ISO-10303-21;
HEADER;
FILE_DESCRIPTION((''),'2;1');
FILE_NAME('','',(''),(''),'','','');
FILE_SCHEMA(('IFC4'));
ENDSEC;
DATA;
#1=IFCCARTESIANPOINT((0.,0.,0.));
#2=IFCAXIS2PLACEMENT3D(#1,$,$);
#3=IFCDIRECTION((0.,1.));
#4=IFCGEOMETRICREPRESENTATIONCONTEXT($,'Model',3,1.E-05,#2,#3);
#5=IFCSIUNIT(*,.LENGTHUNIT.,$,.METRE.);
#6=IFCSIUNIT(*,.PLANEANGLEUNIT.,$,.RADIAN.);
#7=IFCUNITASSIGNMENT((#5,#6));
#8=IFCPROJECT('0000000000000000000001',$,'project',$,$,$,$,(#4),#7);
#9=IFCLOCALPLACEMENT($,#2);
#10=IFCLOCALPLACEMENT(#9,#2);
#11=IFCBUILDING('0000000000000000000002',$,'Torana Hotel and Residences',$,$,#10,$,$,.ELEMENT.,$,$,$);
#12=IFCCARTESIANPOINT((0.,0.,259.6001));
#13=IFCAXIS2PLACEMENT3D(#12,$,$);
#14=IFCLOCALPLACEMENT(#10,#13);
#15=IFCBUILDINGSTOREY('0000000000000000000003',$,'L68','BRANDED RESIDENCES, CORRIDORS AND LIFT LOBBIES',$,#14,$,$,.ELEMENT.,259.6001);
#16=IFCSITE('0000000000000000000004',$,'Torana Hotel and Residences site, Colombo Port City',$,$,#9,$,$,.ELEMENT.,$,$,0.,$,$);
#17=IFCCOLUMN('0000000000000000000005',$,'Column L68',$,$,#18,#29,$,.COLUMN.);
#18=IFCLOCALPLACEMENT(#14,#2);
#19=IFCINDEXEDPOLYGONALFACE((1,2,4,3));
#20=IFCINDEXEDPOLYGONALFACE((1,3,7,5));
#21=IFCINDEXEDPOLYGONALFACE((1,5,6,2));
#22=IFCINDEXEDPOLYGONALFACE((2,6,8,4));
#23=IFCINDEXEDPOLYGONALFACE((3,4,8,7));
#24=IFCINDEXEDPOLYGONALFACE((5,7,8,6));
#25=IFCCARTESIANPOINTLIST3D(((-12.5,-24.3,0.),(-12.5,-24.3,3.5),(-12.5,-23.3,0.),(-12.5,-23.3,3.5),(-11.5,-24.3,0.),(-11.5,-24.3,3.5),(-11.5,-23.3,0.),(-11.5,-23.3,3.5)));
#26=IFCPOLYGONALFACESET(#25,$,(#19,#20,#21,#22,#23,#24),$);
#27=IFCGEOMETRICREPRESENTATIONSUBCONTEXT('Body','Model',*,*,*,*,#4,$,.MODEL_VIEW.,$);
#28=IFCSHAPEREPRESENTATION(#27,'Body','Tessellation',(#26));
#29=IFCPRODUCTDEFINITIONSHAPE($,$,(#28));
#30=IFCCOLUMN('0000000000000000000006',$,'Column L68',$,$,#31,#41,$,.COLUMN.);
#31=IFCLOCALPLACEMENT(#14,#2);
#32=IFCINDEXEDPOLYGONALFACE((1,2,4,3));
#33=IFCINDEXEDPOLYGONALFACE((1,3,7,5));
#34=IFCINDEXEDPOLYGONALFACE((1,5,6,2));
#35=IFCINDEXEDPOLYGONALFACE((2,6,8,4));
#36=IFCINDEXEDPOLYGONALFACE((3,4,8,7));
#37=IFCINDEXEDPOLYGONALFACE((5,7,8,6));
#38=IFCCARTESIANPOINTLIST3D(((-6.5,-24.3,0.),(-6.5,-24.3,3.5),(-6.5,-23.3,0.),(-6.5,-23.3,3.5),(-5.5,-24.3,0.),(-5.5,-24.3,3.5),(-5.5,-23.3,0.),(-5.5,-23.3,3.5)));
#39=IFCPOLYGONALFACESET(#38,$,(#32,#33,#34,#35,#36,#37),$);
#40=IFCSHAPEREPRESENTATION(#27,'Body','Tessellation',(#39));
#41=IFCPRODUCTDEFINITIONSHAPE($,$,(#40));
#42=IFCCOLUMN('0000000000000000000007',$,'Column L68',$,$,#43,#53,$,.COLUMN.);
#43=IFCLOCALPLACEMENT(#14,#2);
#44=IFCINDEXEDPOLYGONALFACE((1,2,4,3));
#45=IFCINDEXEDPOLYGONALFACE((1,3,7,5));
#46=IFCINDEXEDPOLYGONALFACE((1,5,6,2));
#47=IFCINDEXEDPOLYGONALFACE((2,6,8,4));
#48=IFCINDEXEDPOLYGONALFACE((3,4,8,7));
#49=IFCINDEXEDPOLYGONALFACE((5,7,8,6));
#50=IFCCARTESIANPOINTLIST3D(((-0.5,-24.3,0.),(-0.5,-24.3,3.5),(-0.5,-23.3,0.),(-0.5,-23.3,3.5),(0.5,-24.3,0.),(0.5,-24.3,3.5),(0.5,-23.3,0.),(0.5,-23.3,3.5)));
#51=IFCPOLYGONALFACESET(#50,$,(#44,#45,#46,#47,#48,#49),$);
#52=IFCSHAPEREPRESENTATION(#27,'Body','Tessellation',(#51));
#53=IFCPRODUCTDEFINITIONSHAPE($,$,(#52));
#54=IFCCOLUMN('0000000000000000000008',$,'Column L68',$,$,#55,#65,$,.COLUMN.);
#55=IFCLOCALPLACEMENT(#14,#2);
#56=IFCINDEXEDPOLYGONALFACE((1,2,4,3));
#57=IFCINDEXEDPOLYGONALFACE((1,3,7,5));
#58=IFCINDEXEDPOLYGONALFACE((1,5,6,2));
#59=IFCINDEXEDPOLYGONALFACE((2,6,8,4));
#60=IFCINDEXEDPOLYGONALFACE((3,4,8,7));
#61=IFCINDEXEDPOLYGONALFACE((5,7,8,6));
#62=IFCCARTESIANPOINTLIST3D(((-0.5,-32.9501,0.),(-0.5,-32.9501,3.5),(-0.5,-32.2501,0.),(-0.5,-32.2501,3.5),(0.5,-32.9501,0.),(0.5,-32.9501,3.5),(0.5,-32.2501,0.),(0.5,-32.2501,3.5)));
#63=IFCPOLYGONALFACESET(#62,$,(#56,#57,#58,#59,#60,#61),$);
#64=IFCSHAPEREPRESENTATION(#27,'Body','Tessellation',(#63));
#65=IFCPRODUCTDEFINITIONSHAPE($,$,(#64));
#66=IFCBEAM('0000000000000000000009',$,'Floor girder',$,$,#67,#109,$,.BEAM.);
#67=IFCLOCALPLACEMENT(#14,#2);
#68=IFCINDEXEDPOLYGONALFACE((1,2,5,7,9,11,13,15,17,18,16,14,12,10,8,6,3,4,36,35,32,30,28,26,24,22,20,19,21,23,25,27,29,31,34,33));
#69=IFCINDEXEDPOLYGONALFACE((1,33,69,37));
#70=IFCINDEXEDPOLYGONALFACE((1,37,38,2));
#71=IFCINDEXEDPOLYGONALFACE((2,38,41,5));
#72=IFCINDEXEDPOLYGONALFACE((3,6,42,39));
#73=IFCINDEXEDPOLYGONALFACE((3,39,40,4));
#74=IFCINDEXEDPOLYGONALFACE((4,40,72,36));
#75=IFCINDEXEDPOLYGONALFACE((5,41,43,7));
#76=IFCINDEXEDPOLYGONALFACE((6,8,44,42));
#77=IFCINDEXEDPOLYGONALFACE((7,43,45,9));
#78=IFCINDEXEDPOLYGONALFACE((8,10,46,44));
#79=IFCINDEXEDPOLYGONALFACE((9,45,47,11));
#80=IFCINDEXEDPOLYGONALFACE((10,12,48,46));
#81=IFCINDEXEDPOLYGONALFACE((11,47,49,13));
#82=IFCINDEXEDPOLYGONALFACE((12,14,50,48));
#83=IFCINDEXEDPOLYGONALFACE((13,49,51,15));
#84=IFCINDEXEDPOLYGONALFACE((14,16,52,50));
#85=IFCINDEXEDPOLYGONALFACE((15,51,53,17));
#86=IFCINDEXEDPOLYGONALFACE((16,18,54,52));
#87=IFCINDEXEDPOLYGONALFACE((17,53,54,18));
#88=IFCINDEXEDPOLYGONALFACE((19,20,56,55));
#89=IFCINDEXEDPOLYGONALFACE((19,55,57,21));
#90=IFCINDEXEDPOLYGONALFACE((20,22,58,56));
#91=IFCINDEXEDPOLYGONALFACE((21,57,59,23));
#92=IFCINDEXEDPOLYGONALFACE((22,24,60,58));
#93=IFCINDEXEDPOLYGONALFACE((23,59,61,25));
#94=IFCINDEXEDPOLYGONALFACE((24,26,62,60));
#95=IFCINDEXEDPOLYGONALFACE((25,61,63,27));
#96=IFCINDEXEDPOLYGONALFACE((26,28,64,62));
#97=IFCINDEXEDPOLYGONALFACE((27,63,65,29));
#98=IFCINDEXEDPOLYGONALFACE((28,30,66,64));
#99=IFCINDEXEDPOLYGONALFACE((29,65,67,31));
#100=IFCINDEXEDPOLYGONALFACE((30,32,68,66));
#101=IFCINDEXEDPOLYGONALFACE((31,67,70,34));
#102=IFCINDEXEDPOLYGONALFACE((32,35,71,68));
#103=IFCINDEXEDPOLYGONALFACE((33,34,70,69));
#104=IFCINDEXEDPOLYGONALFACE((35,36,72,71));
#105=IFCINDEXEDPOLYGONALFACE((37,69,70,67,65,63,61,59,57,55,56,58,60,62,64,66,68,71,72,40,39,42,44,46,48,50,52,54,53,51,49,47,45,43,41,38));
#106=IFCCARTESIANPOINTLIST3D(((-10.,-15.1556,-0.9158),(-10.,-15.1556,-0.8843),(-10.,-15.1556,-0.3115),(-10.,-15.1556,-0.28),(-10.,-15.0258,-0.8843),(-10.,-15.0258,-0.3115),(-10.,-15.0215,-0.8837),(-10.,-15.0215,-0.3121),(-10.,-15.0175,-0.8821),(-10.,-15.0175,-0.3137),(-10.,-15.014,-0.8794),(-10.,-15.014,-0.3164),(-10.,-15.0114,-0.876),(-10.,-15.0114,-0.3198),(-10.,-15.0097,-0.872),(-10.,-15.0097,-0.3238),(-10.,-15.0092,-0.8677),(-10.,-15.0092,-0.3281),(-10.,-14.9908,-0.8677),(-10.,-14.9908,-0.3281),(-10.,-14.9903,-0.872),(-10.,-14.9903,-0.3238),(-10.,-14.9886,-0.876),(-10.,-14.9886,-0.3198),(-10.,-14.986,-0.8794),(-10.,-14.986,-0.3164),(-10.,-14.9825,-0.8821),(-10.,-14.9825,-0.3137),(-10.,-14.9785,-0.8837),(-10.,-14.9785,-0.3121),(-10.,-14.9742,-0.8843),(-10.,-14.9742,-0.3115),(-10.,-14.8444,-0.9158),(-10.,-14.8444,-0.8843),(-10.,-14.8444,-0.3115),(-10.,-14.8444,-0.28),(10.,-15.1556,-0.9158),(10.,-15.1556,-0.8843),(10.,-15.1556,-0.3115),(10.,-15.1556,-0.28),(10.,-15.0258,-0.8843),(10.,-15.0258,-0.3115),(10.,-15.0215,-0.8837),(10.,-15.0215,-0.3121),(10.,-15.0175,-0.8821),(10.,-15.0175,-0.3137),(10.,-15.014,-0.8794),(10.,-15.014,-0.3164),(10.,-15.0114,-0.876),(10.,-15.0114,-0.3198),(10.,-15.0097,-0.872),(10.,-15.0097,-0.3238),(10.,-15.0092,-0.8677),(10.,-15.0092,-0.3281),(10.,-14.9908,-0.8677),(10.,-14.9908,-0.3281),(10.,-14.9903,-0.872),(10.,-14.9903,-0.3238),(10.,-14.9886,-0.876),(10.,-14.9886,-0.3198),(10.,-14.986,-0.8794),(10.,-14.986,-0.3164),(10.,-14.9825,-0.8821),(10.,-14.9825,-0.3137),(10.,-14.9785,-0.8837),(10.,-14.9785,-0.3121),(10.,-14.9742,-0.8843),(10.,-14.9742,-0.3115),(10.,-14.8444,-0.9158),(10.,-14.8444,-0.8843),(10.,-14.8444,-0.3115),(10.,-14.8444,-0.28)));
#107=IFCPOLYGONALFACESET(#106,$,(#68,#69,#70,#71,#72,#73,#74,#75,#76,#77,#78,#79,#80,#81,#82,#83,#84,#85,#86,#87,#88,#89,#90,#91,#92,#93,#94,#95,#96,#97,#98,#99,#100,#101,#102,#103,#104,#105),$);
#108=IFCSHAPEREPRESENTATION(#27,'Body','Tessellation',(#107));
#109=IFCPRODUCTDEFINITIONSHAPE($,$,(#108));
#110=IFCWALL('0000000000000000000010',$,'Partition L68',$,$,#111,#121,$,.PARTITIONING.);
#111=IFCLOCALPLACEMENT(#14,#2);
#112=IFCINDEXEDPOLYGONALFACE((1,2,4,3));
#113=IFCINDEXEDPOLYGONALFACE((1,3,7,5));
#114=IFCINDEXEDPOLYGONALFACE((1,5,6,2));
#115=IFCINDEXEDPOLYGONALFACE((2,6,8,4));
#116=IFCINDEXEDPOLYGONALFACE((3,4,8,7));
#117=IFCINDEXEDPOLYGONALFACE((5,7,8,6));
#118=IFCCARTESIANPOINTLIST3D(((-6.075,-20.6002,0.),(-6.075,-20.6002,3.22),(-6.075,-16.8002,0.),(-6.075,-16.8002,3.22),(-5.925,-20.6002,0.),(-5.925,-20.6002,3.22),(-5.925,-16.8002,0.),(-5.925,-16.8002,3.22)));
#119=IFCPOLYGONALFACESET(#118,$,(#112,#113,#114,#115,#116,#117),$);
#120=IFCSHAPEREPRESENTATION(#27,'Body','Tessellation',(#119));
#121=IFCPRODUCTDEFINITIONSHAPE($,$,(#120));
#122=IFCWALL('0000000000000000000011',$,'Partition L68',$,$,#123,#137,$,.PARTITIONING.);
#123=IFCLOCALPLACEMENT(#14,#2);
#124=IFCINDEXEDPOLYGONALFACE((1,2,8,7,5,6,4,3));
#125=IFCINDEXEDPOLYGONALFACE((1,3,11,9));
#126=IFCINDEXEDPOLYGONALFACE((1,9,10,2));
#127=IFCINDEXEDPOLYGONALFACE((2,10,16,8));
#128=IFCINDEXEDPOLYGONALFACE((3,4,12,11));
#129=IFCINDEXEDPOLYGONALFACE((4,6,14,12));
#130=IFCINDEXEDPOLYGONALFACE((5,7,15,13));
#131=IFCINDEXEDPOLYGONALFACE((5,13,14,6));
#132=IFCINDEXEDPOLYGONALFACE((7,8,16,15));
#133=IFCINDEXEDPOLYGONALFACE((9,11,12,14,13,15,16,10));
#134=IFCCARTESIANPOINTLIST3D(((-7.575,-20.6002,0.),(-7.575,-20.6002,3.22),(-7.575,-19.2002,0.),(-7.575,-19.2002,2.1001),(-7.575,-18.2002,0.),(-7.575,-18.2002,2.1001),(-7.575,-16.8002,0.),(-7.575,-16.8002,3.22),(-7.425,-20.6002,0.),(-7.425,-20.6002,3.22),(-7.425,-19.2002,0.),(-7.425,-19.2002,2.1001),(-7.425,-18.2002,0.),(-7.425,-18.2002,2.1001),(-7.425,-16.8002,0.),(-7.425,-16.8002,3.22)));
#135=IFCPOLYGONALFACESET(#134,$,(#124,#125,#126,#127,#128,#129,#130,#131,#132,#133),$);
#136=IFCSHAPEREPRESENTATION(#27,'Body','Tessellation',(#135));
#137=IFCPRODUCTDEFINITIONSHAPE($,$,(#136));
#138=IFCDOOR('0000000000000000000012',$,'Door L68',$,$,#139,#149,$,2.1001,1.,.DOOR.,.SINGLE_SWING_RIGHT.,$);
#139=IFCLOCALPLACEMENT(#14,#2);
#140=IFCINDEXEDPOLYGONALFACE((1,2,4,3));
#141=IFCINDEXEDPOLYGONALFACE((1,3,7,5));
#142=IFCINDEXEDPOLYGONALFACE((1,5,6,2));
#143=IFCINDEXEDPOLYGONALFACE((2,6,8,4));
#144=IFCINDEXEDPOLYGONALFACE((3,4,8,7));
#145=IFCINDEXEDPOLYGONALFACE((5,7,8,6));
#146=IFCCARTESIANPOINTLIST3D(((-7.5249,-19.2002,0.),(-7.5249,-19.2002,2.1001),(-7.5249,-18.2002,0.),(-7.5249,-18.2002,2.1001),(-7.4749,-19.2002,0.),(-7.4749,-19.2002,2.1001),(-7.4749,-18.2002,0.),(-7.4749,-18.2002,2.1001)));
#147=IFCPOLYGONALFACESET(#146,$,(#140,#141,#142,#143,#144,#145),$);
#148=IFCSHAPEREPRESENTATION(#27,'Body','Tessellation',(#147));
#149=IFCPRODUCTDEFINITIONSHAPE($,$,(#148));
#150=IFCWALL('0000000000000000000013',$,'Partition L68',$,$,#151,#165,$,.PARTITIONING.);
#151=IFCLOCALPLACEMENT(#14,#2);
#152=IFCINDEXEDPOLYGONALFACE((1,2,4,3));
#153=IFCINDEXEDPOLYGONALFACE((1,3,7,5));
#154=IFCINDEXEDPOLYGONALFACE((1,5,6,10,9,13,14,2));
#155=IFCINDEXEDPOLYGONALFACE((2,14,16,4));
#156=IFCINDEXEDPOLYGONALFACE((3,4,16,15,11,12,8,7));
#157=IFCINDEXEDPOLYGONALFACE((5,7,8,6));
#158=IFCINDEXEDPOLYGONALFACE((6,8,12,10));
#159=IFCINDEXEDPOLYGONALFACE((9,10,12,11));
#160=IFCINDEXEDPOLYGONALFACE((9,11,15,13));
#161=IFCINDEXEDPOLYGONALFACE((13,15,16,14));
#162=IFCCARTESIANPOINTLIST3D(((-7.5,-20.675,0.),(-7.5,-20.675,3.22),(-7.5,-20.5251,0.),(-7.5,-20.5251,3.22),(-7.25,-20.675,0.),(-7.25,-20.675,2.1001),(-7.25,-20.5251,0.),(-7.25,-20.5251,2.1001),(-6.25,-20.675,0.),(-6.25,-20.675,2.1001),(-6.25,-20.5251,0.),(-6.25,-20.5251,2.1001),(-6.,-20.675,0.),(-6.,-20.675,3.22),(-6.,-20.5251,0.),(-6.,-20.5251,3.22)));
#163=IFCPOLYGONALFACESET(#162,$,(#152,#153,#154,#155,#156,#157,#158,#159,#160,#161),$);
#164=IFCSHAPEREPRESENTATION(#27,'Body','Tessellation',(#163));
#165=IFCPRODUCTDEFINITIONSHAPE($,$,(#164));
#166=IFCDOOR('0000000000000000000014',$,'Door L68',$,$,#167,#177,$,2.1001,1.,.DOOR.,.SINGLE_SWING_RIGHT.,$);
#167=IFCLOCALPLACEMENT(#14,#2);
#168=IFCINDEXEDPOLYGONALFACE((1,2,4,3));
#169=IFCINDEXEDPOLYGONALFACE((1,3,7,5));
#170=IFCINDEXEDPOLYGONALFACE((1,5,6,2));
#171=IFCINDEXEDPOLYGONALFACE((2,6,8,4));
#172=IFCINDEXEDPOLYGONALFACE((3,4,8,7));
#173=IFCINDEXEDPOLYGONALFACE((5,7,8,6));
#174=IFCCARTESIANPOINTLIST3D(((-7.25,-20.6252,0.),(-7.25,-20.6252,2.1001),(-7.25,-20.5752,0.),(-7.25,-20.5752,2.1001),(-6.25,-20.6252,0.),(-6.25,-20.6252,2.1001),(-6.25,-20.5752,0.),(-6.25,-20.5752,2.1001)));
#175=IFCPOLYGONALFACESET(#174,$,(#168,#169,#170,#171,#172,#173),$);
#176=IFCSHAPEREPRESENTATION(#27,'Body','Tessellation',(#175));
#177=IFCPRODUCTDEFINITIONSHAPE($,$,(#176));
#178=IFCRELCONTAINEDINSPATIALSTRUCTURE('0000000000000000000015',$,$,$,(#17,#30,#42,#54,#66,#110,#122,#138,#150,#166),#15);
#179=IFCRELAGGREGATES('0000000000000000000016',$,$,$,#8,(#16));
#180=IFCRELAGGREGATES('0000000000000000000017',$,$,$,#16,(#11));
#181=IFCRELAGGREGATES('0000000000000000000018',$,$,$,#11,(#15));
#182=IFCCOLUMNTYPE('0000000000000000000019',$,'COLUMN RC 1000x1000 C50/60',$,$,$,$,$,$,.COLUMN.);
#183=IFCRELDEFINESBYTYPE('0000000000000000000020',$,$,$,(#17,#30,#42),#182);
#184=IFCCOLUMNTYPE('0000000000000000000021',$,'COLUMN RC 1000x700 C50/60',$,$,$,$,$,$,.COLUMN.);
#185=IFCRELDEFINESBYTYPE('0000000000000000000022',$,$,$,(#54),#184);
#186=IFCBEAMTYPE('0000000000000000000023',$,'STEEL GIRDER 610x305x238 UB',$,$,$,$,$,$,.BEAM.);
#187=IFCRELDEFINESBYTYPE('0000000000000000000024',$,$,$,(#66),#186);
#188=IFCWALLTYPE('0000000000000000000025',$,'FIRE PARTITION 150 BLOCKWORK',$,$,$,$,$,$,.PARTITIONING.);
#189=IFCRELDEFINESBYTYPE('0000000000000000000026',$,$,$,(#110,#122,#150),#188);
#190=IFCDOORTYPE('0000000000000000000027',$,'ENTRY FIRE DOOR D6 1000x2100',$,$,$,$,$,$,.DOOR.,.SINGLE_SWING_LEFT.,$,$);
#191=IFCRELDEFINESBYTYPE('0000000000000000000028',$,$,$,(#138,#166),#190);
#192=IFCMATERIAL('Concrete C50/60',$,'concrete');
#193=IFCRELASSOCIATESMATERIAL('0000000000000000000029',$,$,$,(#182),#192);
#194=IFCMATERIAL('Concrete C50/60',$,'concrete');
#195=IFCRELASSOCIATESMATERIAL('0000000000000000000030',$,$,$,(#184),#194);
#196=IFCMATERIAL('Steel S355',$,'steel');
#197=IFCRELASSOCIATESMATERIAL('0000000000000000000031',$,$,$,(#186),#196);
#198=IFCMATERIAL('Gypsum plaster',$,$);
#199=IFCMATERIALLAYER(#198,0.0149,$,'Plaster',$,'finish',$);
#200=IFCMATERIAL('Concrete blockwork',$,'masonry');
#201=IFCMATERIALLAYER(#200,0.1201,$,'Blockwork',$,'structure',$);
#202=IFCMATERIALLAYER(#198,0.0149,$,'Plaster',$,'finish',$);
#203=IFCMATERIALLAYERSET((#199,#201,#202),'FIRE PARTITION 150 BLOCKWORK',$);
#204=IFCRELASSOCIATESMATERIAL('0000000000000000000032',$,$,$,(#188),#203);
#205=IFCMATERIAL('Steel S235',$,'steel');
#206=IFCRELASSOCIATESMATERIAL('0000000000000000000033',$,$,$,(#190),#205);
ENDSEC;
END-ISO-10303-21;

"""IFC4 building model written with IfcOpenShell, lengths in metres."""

from ifc_helpers import new_model, si_unit, direction, frame, frame_2d, origin, origin_2d, place, context, subcontext, project, spatial, rectangle, i_section, extrude, material, layer, layer_set, material_profile, profile_set, type_object, element, fill, save


model = new_model("IFC4")

# Units and contexts
model_context = context("Model", 3, precision=1e-05, world=origin(), true_north=direction((0.0, 1.0)))
body_context = subcontext(model_context, "Body", "Model", "MODEL_VIEW")
ifc_project = project(units=[si_unit("LENGTHUNIT", "METRE"), si_unit("PLANEANGLEUNIT", "RADIAN")], contexts=[model_context])

# Site, building, storey
site_placement = place(None, origin())
site = spatial("IfcSite", under=ifc_project, at=site_placement, Name="Torana Hotel and Residences site, Colombo Port City", CompositionType="ELEMENT", RefElevation=0.0)
building_placement = place(site_placement, origin())
building = spatial("IfcBuilding", under=site, at=building_placement, Name="Torana Hotel and Residences", CompositionType="ELEMENT")
storey_placement = place(building_placement, frame((0.0, 0.0, 259.6001)))
storey = spatial("IfcBuildingStorey", under=building, at=storey_placement, Name="L68", Description="BRANDED RESIDENCES, CORRIDORS AND LIFT LOBBIES", CompositionType="ELEMENT", Elevation=259.6001)

# Columns
ifc_material_1 = material(Name="Concrete C50/60", Category="concrete")
ifc_material_profile_1 = material_profile(ifc_material_1, rectangle(XDim=1.0, YDim=1.0, at=origin_2d()), Name="RC 1000x1000")
ifc_profile_set_1 = profile_set([ifc_material_profile_1], Name="Concrete C50/60")
column_type_1 = type_object("IfcColumnType", Name="COLUMN RC 1000x1000 C50/60", PredefinedType="COLUMN", material=ifc_profile_set_1)
for number, where, z_axis, x_axis, name in (
    (1, (-12.0, -23.8, 0.0), (0.0, 0.0, 1.0), (1.0, 0.0, 0.0), "Column L68"),
    (2, (-6.0, -23.8, 0.0), (0.0, 0.0, 1.0), (1.0, 0.0, 0.0), "Column L68"),
    (3, (0.0, -23.8, 0.0), (0.0, 0.0, 1.0), (1.0, 0.0, 0.0), "Column L68"),
):
    element("IfcColumn", number, at=place(storey_placement, frame(where, z_axis=z_axis, x_axis=x_axis)), inside=storey, type_object=column_type_1, Name=name, PredefinedType="COLUMN", context=body_context, shape_type="SweptSolid", body=[
        extrude(rectangle(XDim=1.0, YDim=1.0, at=origin_2d()), origin(), (0.0, 0.0, 1.0), 3.5),
    ])
ifc_material_2 = material(Name="Concrete C50/60", Category="concrete")
ifc_material_profile_2 = material_profile(ifc_material_2, rectangle(XDim=1.0, YDim=0.7, at=origin_2d()), Name="RC 1000x700")
ifc_profile_set_2 = profile_set([ifc_material_profile_2], Name="Concrete C50/60")
column_type_2 = type_object("IfcColumnType", Name="COLUMN RC 1000x700 C50/60", PredefinedType="COLUMN", material=ifc_profile_set_2)
column_placement = place(storey_placement, frame((0.0, -32.6001, 0.0), z_axis=(0.0, 0.0, 1.0), x_axis=(1.0, 0.0, 0.0)))
element("IfcColumn", 4, at=column_placement, inside=storey, type_object=column_type_2, Name="Column L68", PredefinedType="COLUMN", context=body_context, shape_type="SweptSolid", body=[
    extrude(rectangle(XDim=1.0, YDim=0.7, at=origin_2d()), origin(), (0.0, 0.0, 1.0), 3.5),
])

# Beam
ifc_material_3 = material(Name="Steel S355", Category="steel")
ifc_material_profile_3 = material_profile(ifc_material_3, i_section(OverallWidth=0.3113, OverallDepth=0.6357, WebThickness=0.0183, FlangeThickness=0.0315, FilletRadius=0.0166, at=origin_2d()), Name="610x305x238 UB")
ifc_profile_set_3 = profile_set([ifc_material_profile_3], Name="Steel S355")
beam_type = type_object("IfcBeamType", Name="STEEL GIRDER 610x305x238 UB", PredefinedType="BEAM", material=ifc_profile_set_3)
beam_placement = place(storey_placement, frame((-10.0, -15.0, -0.5979), z_axis=(1.0, 0.0, 0.0), x_axis=(0.0, 1.0, 0.0)))
element("IfcBeam", 5, at=beam_placement, inside=storey, type_object=beam_type, Name="Floor girder", PredefinedType="BEAM", context=body_context, shape_type="SweptSolid", body=[
    extrude(i_section(OverallWidth=0.3113, OverallDepth=0.6357, WebThickness=0.0183, FlangeThickness=0.0315, FilletRadius=0.0166, at=origin_2d()), origin(), (0.0, 0.0, 1.0), 20.0),
])

# Wall
ifc_material_4 = material(Name="Gypsum plaster")
ifc_layer_1 = layer(ifc_material_4, 0.0149, Name="Plaster", Category="finish")
ifc_material_5 = material(Name="Concrete blockwork", Category="masonry")
ifc_layer_2 = layer(ifc_material_5, 0.1201, Name="Blockwork", Category="structure")
ifc_layer_3 = layer(ifc_material_4, 0.0149, Name="Plaster", Category="finish")
ifc_layer_set_1 = layer_set([ifc_layer_1, ifc_layer_2, ifc_layer_3], Name="FIRE PARTITION 150 BLOCKWORK")
wall_type_1 = type_object("IfcWallType", Name="FIRE PARTITION 150 BLOCKWORK", PredefinedType="PARTITIONING", material=ifc_layer_set_1)
wall_1_placement = place(storey_placement, frame((-6.0, -20.6001, 0.0), z_axis=(0.0, 0.0, 1.0), x_axis=(0.0, 1.0, 0.0)))
element("IfcWall", 6, at=wall_1_placement, inside=storey, type_object=wall_type_1, Name="Partition L68", PredefinedType="PARTITIONING", context=body_context, shape_type="SweptSolid", body=[
    extrude(rectangle(XDim=3.8, YDim=0.1499, at=frame_2d((1.8999, 0.0))), origin(), (0.0, 0.0, 1.0), 3.22),
])

# Walls, openings, doors
wall_2_placement = place(storey_placement, frame((-7.5, -20.6001, 0.0), z_axis=(0.0, 0.0, 1.0), x_axis=(0.0, 1.0, 0.0)))
wall_2 = element("IfcWall", 7, at=wall_2_placement, inside=storey, type_object=wall_type_1, Name="Partition L68", PredefinedType="PARTITIONING", context=body_context, shape_type="SweptSolid", body=[
    extrude(rectangle(XDim=3.8, YDim=0.1499, at=frame_2d((1.8999, 0.0))), origin(), (0.0, 0.0, 1.0), 3.22),
])
opening_1_placement = place(wall_2_placement, frame((1.3999, 0.0, 0.0)))
opening_1 = element("IfcOpeningElement", 8, at=opening_1_placement, cuts=wall_2, PredefinedType="OPENING", context=body_context, shape_type="SweptSolid", body=[
    extrude(rectangle(XDim=1.0, YDim=2.1001, at=frame_2d((0.5, 1.05))), frame((0.0, 0.085, 0.0), z_axis=(0.0, -1.0, 0.0), x_axis=(1.0, 0.0, 0.0)), (0.0, 0.0, 1.0), 0.1699),
])
ifc_material_6 = material(Name="Steel S235", Category="steel")
door_type_1 = type_object("IfcDoorType", Name="ENTRY FIRE DOOR D6 1000x2100", OperationType="SINGLE_SWING_LEFT", PredefinedType="DOOR", material=ifc_material_6)
door_1_placement = place(opening_1_placement, origin())
door_1 = element("IfcDoor", 9, at=door_1_placement, inside=storey, type_object=door_type_1, Name="Door L68", OperationType="SINGLE_SWING_RIGHT", OverallHeight=2.1001, OverallWidth=1.0, PredefinedType="DOOR", context=body_context, shape_type="SweptSolid", body=[
    extrude(rectangle(XDim=1.0, YDim=2.1001, at=frame_2d((0.5, 1.05))), frame((0.0, 0.0249, 0.0), z_axis=(0.0, -1.0, 0.0), x_axis=(1.0, 0.0, 0.0)), (0.0, 0.0, 1.0), 0.05),
])
fill(opening_1, door_1)
wall_3_placement = place(storey_placement, frame((-7.5, -20.6001, 0.0), z_axis=(0.0, 0.0, 1.0), x_axis=(1.0, 0.0, 0.0)))
wall_3 = element("IfcWall", 10, at=wall_3_placement, inside=storey, type_object=wall_type_1, Name="Partition L68", PredefinedType="PARTITIONING", context=body_context, shape_type="SweptSolid", body=[
    extrude(rectangle(XDim=1.5, YDim=0.1499, at=frame_2d((0.75, 0.0))), origin(), (0.0, 0.0, 1.0), 3.22),
])
opening_2_placement = place(wall_3_placement, frame((0.25, 0.0, 0.0)))
opening_2 = element("IfcOpeningElement", 11, at=opening_2_placement, cuts=wall_3, PredefinedType="OPENING", context=body_context, shape_type="SweptSolid", body=[
    extrude(rectangle(XDim=1.0, YDim=2.1001, at=frame_2d((0.5, 1.05))), frame((0.0, 0.085, 0.0), z_axis=(0.0, -1.0, 0.0), x_axis=(1.0, 0.0, 0.0)), (0.0, 0.0, 1.0), 0.1699),
])
door_2_placement = place(opening_2_placement, frame((0.5, 0.0, 0.0), z_axis=(0.0, 0.0, 1.0), x_axis=(-1.0, 0.0, 0.0)))
door_2 = element("IfcDoor", 12, at=door_2_placement, inside=storey, type_object=door_type_1, Name="Door L68", OperationType="SINGLE_SWING_RIGHT", OverallHeight=2.1001, OverallWidth=1.0, PredefinedType="DOOR", context=body_context, shape_type="SweptSolid", body=[
    extrude(rectangle(XDim=1.0, YDim=2.1001, at=frame_2d((0.0, 1.05))), frame((0.0, -0.0249, 0.0), z_axis=(0.0, 1.0, 0.0), x_axis=(-1.0, 0.0, 0.0)), (0.0, 0.0, 1.0), 0.05),
])
fill(opening_2, door_2)

save(model, "model.ifc")
